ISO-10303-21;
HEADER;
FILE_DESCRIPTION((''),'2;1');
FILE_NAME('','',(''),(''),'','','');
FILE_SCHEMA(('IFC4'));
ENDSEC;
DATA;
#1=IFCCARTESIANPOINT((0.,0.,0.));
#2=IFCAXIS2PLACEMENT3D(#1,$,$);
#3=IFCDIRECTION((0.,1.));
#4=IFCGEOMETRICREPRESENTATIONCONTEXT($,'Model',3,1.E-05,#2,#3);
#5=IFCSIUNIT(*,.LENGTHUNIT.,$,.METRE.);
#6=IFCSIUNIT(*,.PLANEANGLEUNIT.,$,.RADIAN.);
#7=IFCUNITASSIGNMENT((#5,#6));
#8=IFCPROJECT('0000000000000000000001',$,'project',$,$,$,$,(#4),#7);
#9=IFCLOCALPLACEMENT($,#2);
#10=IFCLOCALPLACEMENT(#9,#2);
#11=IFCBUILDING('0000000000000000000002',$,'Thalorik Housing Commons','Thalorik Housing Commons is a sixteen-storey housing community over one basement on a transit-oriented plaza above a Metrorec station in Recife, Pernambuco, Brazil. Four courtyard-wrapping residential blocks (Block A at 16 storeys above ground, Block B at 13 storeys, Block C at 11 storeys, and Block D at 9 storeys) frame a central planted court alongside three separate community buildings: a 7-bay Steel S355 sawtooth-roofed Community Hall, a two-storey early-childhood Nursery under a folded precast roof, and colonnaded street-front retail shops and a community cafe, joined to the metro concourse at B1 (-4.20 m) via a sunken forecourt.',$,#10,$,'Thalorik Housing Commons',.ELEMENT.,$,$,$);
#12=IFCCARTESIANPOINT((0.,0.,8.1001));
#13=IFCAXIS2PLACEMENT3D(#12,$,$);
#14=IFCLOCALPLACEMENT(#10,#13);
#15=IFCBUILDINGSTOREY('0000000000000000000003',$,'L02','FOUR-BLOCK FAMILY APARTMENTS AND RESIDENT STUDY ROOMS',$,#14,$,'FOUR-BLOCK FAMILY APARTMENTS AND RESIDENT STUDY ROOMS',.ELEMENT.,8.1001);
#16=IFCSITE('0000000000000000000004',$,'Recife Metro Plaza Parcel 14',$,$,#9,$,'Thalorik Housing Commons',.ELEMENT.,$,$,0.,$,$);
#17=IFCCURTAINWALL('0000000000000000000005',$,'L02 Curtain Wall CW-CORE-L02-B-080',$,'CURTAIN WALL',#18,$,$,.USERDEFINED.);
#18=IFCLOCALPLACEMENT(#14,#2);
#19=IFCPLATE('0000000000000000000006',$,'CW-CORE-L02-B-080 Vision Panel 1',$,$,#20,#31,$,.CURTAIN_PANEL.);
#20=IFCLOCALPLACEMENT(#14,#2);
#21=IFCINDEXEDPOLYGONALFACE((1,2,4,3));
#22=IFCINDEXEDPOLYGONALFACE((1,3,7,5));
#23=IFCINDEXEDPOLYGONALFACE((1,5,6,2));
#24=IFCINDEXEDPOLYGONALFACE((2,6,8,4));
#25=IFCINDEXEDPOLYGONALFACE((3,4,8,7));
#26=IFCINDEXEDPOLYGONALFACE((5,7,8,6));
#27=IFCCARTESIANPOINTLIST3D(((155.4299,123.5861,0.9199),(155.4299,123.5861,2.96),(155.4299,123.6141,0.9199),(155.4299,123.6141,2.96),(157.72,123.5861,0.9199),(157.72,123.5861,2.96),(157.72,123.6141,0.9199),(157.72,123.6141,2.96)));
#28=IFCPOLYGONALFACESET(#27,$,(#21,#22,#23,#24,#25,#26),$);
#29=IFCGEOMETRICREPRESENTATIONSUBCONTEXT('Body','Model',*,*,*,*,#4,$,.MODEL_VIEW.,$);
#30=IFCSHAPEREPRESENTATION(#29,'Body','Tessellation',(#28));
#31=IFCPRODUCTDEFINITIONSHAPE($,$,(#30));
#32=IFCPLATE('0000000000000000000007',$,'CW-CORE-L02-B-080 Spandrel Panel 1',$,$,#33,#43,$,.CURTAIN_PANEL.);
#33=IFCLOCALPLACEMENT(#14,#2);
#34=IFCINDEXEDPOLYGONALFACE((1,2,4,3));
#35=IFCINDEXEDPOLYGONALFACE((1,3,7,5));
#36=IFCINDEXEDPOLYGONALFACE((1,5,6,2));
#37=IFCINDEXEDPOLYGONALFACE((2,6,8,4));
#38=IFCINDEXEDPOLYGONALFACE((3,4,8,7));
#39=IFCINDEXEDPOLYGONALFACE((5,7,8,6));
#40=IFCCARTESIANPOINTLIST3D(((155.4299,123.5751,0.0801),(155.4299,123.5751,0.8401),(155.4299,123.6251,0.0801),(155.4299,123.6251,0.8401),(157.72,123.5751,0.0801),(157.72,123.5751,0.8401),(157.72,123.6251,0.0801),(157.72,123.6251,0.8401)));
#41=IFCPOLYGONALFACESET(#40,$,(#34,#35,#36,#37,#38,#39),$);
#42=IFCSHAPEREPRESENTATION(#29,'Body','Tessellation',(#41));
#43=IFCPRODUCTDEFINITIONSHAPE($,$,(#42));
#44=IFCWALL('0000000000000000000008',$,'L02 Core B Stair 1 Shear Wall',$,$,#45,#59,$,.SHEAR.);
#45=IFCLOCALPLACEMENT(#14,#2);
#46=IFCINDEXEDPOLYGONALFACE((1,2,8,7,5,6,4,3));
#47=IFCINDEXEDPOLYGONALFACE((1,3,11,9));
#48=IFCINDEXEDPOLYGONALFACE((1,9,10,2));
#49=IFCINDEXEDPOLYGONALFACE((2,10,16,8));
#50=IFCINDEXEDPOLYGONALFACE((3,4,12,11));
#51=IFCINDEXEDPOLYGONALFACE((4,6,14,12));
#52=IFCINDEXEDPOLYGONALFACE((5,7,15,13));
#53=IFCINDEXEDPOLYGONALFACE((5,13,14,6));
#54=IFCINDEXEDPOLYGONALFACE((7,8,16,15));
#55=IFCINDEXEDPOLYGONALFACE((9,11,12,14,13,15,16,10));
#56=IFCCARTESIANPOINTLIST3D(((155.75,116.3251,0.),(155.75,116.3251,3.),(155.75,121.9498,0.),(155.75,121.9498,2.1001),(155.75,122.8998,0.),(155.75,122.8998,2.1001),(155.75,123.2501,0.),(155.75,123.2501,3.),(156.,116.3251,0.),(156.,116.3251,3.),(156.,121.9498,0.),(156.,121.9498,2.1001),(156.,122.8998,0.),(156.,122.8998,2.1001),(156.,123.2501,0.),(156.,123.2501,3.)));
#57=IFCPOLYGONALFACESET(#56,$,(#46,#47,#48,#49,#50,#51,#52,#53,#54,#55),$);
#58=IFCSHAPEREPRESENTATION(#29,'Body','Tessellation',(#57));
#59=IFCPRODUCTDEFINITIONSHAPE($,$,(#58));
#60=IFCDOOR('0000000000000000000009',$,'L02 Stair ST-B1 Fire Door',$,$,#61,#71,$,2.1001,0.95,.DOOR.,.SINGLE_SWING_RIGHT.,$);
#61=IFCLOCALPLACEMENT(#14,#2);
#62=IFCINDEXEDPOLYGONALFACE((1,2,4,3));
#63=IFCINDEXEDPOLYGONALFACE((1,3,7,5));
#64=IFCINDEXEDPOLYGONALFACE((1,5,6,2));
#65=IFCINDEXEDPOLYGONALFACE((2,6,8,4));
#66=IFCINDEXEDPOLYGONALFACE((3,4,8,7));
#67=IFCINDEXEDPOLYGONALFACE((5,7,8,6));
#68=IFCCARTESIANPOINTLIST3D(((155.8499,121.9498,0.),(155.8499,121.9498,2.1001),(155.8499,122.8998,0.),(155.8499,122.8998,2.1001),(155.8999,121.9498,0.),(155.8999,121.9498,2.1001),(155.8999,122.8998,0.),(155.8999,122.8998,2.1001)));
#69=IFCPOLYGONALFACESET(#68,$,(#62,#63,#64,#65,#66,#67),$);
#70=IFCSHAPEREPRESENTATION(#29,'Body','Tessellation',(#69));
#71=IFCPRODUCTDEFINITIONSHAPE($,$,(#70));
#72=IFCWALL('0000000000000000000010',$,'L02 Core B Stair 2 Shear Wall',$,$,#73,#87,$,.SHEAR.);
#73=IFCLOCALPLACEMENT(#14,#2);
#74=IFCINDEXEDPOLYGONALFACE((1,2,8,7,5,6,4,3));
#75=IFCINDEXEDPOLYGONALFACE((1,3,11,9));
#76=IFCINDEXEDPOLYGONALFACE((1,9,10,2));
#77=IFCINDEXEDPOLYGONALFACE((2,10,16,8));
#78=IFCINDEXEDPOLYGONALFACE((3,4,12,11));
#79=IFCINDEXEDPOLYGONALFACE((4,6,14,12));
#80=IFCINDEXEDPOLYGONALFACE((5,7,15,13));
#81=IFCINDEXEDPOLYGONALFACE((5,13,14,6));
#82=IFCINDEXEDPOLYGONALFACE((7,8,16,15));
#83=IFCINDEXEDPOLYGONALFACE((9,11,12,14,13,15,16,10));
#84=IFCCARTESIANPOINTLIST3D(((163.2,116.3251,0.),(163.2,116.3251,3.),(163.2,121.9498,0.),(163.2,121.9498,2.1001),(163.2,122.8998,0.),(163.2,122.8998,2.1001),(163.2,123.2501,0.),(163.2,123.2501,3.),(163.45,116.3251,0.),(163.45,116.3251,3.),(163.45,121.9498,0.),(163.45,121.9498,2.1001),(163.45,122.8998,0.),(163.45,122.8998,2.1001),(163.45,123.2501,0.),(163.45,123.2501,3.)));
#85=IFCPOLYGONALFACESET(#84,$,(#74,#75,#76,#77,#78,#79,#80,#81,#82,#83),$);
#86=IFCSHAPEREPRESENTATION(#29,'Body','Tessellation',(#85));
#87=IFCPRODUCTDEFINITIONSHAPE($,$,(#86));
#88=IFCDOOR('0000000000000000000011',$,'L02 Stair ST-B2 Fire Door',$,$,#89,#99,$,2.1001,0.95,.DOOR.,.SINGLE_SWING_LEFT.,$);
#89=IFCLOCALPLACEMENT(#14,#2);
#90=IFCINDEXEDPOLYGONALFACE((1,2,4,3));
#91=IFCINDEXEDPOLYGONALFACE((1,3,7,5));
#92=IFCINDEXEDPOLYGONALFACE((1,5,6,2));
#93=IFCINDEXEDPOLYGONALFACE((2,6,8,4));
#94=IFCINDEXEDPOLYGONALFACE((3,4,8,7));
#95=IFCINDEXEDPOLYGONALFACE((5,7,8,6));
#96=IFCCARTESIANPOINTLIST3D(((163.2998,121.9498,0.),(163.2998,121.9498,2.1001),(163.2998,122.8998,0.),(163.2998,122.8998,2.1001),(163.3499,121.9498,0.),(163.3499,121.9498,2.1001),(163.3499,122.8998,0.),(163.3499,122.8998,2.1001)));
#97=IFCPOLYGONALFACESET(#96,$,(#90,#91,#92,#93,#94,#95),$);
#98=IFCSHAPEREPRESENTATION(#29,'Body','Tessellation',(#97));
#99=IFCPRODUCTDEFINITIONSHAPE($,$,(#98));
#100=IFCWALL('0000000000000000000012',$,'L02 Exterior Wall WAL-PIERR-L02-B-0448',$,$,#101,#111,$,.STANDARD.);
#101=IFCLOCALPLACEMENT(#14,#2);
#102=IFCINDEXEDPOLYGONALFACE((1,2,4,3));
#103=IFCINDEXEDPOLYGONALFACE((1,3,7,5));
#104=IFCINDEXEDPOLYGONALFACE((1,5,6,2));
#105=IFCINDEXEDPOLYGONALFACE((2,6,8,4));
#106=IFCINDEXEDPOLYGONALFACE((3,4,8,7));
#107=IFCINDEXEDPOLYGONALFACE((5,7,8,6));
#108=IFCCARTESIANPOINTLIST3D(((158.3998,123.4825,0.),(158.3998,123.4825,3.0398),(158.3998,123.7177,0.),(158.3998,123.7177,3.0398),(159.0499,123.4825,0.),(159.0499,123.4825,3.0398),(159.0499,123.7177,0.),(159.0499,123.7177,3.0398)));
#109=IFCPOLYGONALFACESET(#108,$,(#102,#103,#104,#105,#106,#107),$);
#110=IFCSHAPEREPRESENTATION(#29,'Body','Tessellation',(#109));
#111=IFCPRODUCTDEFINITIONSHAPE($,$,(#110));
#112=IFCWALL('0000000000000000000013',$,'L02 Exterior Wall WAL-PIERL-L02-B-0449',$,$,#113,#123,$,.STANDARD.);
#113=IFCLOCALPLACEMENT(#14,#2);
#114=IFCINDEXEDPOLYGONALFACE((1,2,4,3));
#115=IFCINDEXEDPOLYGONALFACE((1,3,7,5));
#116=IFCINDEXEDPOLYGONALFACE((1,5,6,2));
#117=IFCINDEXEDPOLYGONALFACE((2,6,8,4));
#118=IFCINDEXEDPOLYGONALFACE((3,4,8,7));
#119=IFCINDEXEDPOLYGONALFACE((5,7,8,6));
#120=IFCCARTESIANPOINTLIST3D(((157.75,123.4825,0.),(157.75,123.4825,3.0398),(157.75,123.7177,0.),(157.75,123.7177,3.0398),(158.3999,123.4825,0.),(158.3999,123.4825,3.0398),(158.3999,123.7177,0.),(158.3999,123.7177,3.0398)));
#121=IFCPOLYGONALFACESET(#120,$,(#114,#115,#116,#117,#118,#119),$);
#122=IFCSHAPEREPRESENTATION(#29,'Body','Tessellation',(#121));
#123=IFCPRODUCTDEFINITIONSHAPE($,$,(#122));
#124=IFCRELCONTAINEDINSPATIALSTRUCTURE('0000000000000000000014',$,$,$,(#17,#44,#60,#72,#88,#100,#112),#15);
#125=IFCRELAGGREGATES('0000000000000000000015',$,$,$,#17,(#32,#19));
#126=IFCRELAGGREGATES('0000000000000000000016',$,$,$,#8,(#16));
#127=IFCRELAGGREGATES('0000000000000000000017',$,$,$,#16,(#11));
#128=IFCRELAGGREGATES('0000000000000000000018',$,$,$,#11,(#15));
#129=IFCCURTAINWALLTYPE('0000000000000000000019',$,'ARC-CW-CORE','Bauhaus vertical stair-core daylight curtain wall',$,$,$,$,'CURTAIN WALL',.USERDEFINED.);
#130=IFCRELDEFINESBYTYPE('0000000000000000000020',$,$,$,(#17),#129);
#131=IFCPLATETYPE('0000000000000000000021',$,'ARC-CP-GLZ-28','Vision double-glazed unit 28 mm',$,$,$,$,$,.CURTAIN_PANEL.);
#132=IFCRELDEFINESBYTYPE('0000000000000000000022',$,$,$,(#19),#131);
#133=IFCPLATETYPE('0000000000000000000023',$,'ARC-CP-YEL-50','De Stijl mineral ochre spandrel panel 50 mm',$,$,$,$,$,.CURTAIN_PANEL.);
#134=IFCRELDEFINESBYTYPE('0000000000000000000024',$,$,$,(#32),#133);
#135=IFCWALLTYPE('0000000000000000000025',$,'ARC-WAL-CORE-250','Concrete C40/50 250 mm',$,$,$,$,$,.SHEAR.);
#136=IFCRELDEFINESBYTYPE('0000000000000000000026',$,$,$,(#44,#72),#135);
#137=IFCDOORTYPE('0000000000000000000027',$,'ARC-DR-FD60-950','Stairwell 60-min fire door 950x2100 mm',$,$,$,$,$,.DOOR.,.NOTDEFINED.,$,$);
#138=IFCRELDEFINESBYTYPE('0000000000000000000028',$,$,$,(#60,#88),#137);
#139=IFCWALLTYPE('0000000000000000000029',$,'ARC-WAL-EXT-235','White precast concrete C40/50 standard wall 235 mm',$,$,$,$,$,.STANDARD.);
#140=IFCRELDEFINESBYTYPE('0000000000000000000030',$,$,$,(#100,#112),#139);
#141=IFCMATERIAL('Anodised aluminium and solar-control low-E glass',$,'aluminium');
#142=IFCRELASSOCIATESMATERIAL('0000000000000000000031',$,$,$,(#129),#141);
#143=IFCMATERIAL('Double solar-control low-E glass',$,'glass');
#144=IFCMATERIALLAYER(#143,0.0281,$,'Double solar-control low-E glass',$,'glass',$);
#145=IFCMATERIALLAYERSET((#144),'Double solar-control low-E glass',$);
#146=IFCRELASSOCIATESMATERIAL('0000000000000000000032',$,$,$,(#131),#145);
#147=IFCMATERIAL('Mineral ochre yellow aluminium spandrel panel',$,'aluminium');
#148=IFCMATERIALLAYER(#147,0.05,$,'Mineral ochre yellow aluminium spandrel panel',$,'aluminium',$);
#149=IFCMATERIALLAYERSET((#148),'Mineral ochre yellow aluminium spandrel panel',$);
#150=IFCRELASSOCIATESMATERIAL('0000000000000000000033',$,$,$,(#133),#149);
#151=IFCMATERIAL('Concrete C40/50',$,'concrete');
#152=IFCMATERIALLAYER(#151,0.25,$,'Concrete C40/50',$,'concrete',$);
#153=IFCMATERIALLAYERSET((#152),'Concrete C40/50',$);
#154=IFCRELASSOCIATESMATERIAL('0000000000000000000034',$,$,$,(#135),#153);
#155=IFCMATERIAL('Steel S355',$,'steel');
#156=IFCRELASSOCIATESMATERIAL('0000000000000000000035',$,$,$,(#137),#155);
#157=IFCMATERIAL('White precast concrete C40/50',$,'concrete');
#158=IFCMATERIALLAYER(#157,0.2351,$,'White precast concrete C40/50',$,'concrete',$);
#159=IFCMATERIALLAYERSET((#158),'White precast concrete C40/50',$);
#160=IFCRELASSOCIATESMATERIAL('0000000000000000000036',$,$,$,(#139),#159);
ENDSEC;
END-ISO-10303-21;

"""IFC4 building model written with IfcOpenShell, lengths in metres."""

from ifc_helpers import new_model, si_unit, direction, frame, frame_2d, origin, origin_2d, place, context, subcontext, project, spatial, rectangle, extrude, material, layer, layer_set, type_object, element, fill, aggregate, save


model = new_model("IFC4")

# Units and contexts
model_context = context("Model", 3, precision=1e-05, world=origin(), true_north=direction((0.0, 1.0)))
body_context = subcontext(model_context, "Body", "Model", "MODEL_VIEW")
ifc_project = project(units=[si_unit("LENGTHUNIT", "METRE"), si_unit("PLANEANGLEUNIT", "RADIAN")], contexts=[model_context])

# Site, building, storey
site_placement = place(None, origin())
site = spatial("IfcSite", under=ifc_project, at=site_placement, Name="Recife Metro Plaza Parcel 14", LongName="Thalorik Housing Commons", CompositionType="ELEMENT", RefElevation=0.0)
building_placement = place(site_placement, origin())
building = spatial("IfcBuilding", under=site, at=building_placement, Name="Thalorik Housing Commons", Description="Thalorik Housing Commons is a sixteen-storey housing community over one basement on a transit-oriented plaza above a Metrorec station in Recife, Pernambuco, Brazil. Four courtyard-wrapping residential blocks (Block A at 16 storeys above ground, Block B at 13 storeys, Block C at 11 storeys, and Block D at 9 storeys) frame a central planted court alongside three separate community buildings: a 7-bay Steel S355 sawtooth-roofed Community Hall, a two-storey early-childhood Nursery under a folded precast roof, and colonnaded street-front retail shops and a community cafe, joined to the metro concourse at B1 (-4.20 m) via a sunken forecourt.", LongName="Thalorik Housing Commons", CompositionType="ELEMENT")
storey_placement = place(building_placement, frame((0.0, 0.0, 8.1001)))
storey = spatial("IfcBuildingStorey", under=building, at=storey_placement, Name="L02", Description="FOUR-BLOCK FAMILY APARTMENTS AND RESIDENT STUDY ROOMS", LongName="FOUR-BLOCK FAMILY APARTMENTS AND RESIDENT STUDY ROOMS", CompositionType="ELEMENT", Elevation=8.1001)

# Curtain wall
ifc_material_1 = material(Name="Anodised aluminium and solar-control low-E glass", Category="aluminium")
curtain_wall_type = type_object("IfcCurtainWallType", Name="ARC-CW-CORE", Description="Bauhaus vertical stair-core daylight curtain wall", ElementType="CURTAIN WALL", PredefinedType="USERDEFINED", material=ifc_material_1)
curtain_wall_1_placement = place(storey_placement, origin())
curtain_wall_1 = element("IfcCurtainWall", 1, at=curtain_wall_1_placement, inside=storey, type_object=curtain_wall_type, Name="L02 Curtain Wall CW-CORE-L02-B-080", ObjectType="CURTAIN WALL", PredefinedType="USERDEFINED")

# Plates
ifc_material_2 = material(Name="Double solar-control low-E glass", Category="glass")
ifc_layer_1 = layer(ifc_material_2, 0.0281, Name="Double solar-control low-E glass", Category="glass")
ifc_layer_set_1 = layer_set([ifc_layer_1], Name="Double solar-control low-E glass")
plate_type_1 = type_object("IfcPlateType", Name="ARC-CP-GLZ-28", Description="Vision double-glazed unit 28 mm", PredefinedType="CURTAIN_PANEL", material=ifc_layer_set_1)
plate_1_placement = place(storey_placement, frame((156.575, 123.6001, 0.9199), z_axis=(0.0, 0.0, 1.0), x_axis=(-1.0, 0.0, 0.0)))
plate_1 = element("IfcPlate", 2, at=plate_1_placement, type_object=plate_type_1, Name="CW-CORE-L02-B-080 Vision Panel 1", PredefinedType="CURTAIN_PANEL", context=body_context, shape_type="SweptSolid", body=[
    extrude(rectangle(XDim=2.29, YDim=0.0281, at=origin_2d()), origin(), (0.0, 0.0, 1.0), 2.04),
])
ifc_material_3 = material(Name="Mineral ochre yellow aluminium spandrel panel", Category="aluminium")
ifc_layer_2 = layer(ifc_material_3, 0.05, Name="Mineral ochre yellow aluminium spandrel panel", Category="aluminium")
ifc_layer_set_2 = layer_set([ifc_layer_2], Name="Mineral ochre yellow aluminium spandrel panel")
plate_type_2 = type_object("IfcPlateType", Name="ARC-CP-YEL-50", Description="De Stijl mineral ochre spandrel panel 50 mm", PredefinedType="CURTAIN_PANEL", material=ifc_layer_set_2)
plate_2_placement = place(storey_placement, frame((156.575, 123.6001, 0.0801), z_axis=(0.0, 0.0, 1.0), x_axis=(-1.0, 0.0, 0.0)))
plate_2 = element("IfcPlate", 3, at=plate_2_placement, type_object=plate_type_2, Name="CW-CORE-L02-B-080 Spandrel Panel 1", PredefinedType="CURTAIN_PANEL", context=body_context, shape_type="SweptSolid", body=[
    extrude(rectangle(XDim=2.29, YDim=0.05, at=origin_2d()), origin(), (0.0, 0.0, 1.0), 0.76),
])
aggregate(curtain_wall_1, [plate_2, plate_1])

# Walls, openings, doors
ifc_material_4 = material(Name="Concrete C40/50", Category="concrete")
ifc_layer_3 = layer(ifc_material_4, 0.25, Name="Concrete C40/50", Category="concrete")
ifc_layer_set_3 = layer_set([ifc_layer_3], Name="Concrete C40/50")
wall_type_1 = type_object("IfcWallType", Name="ARC-WAL-CORE-250", Description="Concrete C40/50 250 mm", PredefinedType="SHEAR", material=ifc_layer_set_3)
wall_1_placement = place(storey_placement, frame((155.875, 123.25, 0.0), z_axis=(0.0, 0.0, 1.0), x_axis=(0.0, -1.0, 0.0)))
wall_1 = element("IfcWall", 4, at=wall_1_placement, inside=storey, type_object=wall_type_1, Name="L02 Core B Stair 1 Shear Wall", PredefinedType="SHEAR", context=body_context, shape_type="SweptSolid", body=[
    extrude(rectangle(XDim=6.925, YDim=0.25, at=frame_2d((3.4624, 0.0))), origin(), (0.0, 0.0, 1.0), 3.0),
])
opening_1_placement = place(wall_1_placement, frame((0.3501, 0.0, 0.0)))
opening_1 = element("IfcOpeningElement", 5, at=opening_1_placement, cuts=wall_1, PredefinedType="OPENING", context=body_context, shape_type="SweptSolid", body=[
    extrude(rectangle(XDim=0.95, YDim=2.1001, at=frame_2d((0.4751, 1.05))), frame((0.0, 0.135, 0.0), z_axis=(0.0, -1.0, 0.0), x_axis=(1.0, 0.0, 0.0)), (0.0, 0.0, 1.0), 0.27),
])
ifc_material_5 = material(Name="Steel S355", Category="steel")
door_type = type_object("IfcDoorType", Name="ARC-DR-FD60-950", Description="Stairwell 60-min fire door 950x2100 mm", OperationType="NOTDEFINED", PredefinedType="DOOR", material=ifc_material_5)
door_1_placement = place(opening_1_placement, origin())
door_1 = element("IfcDoor", 6, at=door_1_placement, inside=storey, type_object=door_type, Name="L02 Stair ST-B1 Fire Door", OperationType="SINGLE_SWING_RIGHT", OverallHeight=2.1001, OverallWidth=0.95, PredefinedType="DOOR", context=body_context, shape_type="SweptSolid", body=[
    extrude(rectangle(XDim=0.95, YDim=2.1001, at=frame_2d((0.4751, 1.05))), frame((0.0, 0.0249, 0.0), z_axis=(0.0, -1.0, 0.0), x_axis=(1.0, 0.0, 0.0)), (0.0, 0.0, 1.0), 0.05),
])
fill(opening_1, door_1)
wall_2_placement = place(storey_placement, frame((163.325, 123.25, 0.0), z_axis=(0.0, 0.0, 1.0), x_axis=(0.0, -1.0, 0.0)))
wall_2 = element("IfcWall", 7, at=wall_2_placement, inside=storey, type_object=wall_type_1, Name="L02 Core B Stair 2 Shear Wall", PredefinedType="SHEAR", context=body_context, shape_type="SweptSolid", body=[
    extrude(rectangle(XDim=6.925, YDim=0.25, at=frame_2d((3.4624, 0.0))), origin(), (0.0, 0.0, 1.0), 3.0),
])
opening_2_placement = place(wall_2_placement, frame((0.3501, 0.0, 0.0)))
opening_2 = element("IfcOpeningElement", 8, at=opening_2_placement, cuts=wall_2, PredefinedType="OPENING", context=body_context, shape_type="SweptSolid", body=[
    extrude(rectangle(XDim=0.95, YDim=2.1001, at=frame_2d((0.4751, 1.05))), frame((0.0, 0.135, 0.0), z_axis=(0.0, -1.0, 0.0), x_axis=(1.0, 0.0, 0.0)), (0.0, 0.0, 1.0), 0.27),
])
door_2_placement = place(opening_2_placement, origin())
door_2 = element("IfcDoor", 9, at=door_2_placement, inside=storey, type_object=door_type, Name="L02 Stair ST-B2 Fire Door", OperationType="SINGLE_SWING_LEFT", OverallHeight=2.1001, OverallWidth=0.95, PredefinedType="DOOR", context=body_context, shape_type="SweptSolid", body=[
    extrude(rectangle(XDim=0.95, YDim=2.1001, at=frame_2d((0.4751, 1.05))), frame((0.0, 0.0249, 0.0), z_axis=(0.0, -1.0, 0.0), x_axis=(1.0, 0.0, 0.0)), (0.0, 0.0, 1.0), 0.05),
])
fill(opening_2, door_2)

# Walls
ifc_material_6 = material(Name="White precast concrete C40/50", Category="concrete")
ifc_layer_4 = layer(ifc_material_6, 0.2351, Name="White precast concrete C40/50", Category="concrete")
ifc_layer_set_4 = layer_set([ifc_layer_4], Name="White precast concrete C40/50")
wall_type_2 = type_object("IfcWallType", Name="ARC-WAL-EXT-235", Description="White precast concrete C40/50 standard wall 235 mm", PredefinedType="STANDARD", material=ifc_layer_set_4)
wall_3_placement = place(storey_placement, frame((159.05, 123.6001, 0.0), z_axis=(0.0, 0.0, 1.0), x_axis=(-1.0, 0.0, 0.0)))
element("IfcWall", 10, at=wall_3_placement, inside=storey, type_object=wall_type_2, Name="L02 Exterior Wall WAL-PIERR-L02-B-0448", PredefinedType="STANDARD", context=body_context, shape_type="SweptSolid", body=[
    extrude(rectangle(XDim=0.6501, YDim=0.2351, at=frame_2d((0.3252, 0.0))), origin(), (0.0, 0.0, 1.0), 3.0398),
])
wall_4_placement = place(storey_placement, frame((158.3999, 123.6001, 0.0), z_axis=(0.0, 0.0, 1.0), x_axis=(-1.0, 0.0, 0.0)))
element("IfcWall", 11, at=wall_4_placement, inside=storey, type_object=wall_type_2, Name="L02 Exterior Wall WAL-PIERL-L02-B-0449", PredefinedType="STANDARD", context=body_context, shape_type="SweptSolid", body=[
    extrude(rectangle(XDim=0.6499, YDim=0.2351, at=frame_2d((0.325, 0.0))), origin(), (0.0, 0.0, 1.0), 3.0398),
])

save(model, "model.ifc")
